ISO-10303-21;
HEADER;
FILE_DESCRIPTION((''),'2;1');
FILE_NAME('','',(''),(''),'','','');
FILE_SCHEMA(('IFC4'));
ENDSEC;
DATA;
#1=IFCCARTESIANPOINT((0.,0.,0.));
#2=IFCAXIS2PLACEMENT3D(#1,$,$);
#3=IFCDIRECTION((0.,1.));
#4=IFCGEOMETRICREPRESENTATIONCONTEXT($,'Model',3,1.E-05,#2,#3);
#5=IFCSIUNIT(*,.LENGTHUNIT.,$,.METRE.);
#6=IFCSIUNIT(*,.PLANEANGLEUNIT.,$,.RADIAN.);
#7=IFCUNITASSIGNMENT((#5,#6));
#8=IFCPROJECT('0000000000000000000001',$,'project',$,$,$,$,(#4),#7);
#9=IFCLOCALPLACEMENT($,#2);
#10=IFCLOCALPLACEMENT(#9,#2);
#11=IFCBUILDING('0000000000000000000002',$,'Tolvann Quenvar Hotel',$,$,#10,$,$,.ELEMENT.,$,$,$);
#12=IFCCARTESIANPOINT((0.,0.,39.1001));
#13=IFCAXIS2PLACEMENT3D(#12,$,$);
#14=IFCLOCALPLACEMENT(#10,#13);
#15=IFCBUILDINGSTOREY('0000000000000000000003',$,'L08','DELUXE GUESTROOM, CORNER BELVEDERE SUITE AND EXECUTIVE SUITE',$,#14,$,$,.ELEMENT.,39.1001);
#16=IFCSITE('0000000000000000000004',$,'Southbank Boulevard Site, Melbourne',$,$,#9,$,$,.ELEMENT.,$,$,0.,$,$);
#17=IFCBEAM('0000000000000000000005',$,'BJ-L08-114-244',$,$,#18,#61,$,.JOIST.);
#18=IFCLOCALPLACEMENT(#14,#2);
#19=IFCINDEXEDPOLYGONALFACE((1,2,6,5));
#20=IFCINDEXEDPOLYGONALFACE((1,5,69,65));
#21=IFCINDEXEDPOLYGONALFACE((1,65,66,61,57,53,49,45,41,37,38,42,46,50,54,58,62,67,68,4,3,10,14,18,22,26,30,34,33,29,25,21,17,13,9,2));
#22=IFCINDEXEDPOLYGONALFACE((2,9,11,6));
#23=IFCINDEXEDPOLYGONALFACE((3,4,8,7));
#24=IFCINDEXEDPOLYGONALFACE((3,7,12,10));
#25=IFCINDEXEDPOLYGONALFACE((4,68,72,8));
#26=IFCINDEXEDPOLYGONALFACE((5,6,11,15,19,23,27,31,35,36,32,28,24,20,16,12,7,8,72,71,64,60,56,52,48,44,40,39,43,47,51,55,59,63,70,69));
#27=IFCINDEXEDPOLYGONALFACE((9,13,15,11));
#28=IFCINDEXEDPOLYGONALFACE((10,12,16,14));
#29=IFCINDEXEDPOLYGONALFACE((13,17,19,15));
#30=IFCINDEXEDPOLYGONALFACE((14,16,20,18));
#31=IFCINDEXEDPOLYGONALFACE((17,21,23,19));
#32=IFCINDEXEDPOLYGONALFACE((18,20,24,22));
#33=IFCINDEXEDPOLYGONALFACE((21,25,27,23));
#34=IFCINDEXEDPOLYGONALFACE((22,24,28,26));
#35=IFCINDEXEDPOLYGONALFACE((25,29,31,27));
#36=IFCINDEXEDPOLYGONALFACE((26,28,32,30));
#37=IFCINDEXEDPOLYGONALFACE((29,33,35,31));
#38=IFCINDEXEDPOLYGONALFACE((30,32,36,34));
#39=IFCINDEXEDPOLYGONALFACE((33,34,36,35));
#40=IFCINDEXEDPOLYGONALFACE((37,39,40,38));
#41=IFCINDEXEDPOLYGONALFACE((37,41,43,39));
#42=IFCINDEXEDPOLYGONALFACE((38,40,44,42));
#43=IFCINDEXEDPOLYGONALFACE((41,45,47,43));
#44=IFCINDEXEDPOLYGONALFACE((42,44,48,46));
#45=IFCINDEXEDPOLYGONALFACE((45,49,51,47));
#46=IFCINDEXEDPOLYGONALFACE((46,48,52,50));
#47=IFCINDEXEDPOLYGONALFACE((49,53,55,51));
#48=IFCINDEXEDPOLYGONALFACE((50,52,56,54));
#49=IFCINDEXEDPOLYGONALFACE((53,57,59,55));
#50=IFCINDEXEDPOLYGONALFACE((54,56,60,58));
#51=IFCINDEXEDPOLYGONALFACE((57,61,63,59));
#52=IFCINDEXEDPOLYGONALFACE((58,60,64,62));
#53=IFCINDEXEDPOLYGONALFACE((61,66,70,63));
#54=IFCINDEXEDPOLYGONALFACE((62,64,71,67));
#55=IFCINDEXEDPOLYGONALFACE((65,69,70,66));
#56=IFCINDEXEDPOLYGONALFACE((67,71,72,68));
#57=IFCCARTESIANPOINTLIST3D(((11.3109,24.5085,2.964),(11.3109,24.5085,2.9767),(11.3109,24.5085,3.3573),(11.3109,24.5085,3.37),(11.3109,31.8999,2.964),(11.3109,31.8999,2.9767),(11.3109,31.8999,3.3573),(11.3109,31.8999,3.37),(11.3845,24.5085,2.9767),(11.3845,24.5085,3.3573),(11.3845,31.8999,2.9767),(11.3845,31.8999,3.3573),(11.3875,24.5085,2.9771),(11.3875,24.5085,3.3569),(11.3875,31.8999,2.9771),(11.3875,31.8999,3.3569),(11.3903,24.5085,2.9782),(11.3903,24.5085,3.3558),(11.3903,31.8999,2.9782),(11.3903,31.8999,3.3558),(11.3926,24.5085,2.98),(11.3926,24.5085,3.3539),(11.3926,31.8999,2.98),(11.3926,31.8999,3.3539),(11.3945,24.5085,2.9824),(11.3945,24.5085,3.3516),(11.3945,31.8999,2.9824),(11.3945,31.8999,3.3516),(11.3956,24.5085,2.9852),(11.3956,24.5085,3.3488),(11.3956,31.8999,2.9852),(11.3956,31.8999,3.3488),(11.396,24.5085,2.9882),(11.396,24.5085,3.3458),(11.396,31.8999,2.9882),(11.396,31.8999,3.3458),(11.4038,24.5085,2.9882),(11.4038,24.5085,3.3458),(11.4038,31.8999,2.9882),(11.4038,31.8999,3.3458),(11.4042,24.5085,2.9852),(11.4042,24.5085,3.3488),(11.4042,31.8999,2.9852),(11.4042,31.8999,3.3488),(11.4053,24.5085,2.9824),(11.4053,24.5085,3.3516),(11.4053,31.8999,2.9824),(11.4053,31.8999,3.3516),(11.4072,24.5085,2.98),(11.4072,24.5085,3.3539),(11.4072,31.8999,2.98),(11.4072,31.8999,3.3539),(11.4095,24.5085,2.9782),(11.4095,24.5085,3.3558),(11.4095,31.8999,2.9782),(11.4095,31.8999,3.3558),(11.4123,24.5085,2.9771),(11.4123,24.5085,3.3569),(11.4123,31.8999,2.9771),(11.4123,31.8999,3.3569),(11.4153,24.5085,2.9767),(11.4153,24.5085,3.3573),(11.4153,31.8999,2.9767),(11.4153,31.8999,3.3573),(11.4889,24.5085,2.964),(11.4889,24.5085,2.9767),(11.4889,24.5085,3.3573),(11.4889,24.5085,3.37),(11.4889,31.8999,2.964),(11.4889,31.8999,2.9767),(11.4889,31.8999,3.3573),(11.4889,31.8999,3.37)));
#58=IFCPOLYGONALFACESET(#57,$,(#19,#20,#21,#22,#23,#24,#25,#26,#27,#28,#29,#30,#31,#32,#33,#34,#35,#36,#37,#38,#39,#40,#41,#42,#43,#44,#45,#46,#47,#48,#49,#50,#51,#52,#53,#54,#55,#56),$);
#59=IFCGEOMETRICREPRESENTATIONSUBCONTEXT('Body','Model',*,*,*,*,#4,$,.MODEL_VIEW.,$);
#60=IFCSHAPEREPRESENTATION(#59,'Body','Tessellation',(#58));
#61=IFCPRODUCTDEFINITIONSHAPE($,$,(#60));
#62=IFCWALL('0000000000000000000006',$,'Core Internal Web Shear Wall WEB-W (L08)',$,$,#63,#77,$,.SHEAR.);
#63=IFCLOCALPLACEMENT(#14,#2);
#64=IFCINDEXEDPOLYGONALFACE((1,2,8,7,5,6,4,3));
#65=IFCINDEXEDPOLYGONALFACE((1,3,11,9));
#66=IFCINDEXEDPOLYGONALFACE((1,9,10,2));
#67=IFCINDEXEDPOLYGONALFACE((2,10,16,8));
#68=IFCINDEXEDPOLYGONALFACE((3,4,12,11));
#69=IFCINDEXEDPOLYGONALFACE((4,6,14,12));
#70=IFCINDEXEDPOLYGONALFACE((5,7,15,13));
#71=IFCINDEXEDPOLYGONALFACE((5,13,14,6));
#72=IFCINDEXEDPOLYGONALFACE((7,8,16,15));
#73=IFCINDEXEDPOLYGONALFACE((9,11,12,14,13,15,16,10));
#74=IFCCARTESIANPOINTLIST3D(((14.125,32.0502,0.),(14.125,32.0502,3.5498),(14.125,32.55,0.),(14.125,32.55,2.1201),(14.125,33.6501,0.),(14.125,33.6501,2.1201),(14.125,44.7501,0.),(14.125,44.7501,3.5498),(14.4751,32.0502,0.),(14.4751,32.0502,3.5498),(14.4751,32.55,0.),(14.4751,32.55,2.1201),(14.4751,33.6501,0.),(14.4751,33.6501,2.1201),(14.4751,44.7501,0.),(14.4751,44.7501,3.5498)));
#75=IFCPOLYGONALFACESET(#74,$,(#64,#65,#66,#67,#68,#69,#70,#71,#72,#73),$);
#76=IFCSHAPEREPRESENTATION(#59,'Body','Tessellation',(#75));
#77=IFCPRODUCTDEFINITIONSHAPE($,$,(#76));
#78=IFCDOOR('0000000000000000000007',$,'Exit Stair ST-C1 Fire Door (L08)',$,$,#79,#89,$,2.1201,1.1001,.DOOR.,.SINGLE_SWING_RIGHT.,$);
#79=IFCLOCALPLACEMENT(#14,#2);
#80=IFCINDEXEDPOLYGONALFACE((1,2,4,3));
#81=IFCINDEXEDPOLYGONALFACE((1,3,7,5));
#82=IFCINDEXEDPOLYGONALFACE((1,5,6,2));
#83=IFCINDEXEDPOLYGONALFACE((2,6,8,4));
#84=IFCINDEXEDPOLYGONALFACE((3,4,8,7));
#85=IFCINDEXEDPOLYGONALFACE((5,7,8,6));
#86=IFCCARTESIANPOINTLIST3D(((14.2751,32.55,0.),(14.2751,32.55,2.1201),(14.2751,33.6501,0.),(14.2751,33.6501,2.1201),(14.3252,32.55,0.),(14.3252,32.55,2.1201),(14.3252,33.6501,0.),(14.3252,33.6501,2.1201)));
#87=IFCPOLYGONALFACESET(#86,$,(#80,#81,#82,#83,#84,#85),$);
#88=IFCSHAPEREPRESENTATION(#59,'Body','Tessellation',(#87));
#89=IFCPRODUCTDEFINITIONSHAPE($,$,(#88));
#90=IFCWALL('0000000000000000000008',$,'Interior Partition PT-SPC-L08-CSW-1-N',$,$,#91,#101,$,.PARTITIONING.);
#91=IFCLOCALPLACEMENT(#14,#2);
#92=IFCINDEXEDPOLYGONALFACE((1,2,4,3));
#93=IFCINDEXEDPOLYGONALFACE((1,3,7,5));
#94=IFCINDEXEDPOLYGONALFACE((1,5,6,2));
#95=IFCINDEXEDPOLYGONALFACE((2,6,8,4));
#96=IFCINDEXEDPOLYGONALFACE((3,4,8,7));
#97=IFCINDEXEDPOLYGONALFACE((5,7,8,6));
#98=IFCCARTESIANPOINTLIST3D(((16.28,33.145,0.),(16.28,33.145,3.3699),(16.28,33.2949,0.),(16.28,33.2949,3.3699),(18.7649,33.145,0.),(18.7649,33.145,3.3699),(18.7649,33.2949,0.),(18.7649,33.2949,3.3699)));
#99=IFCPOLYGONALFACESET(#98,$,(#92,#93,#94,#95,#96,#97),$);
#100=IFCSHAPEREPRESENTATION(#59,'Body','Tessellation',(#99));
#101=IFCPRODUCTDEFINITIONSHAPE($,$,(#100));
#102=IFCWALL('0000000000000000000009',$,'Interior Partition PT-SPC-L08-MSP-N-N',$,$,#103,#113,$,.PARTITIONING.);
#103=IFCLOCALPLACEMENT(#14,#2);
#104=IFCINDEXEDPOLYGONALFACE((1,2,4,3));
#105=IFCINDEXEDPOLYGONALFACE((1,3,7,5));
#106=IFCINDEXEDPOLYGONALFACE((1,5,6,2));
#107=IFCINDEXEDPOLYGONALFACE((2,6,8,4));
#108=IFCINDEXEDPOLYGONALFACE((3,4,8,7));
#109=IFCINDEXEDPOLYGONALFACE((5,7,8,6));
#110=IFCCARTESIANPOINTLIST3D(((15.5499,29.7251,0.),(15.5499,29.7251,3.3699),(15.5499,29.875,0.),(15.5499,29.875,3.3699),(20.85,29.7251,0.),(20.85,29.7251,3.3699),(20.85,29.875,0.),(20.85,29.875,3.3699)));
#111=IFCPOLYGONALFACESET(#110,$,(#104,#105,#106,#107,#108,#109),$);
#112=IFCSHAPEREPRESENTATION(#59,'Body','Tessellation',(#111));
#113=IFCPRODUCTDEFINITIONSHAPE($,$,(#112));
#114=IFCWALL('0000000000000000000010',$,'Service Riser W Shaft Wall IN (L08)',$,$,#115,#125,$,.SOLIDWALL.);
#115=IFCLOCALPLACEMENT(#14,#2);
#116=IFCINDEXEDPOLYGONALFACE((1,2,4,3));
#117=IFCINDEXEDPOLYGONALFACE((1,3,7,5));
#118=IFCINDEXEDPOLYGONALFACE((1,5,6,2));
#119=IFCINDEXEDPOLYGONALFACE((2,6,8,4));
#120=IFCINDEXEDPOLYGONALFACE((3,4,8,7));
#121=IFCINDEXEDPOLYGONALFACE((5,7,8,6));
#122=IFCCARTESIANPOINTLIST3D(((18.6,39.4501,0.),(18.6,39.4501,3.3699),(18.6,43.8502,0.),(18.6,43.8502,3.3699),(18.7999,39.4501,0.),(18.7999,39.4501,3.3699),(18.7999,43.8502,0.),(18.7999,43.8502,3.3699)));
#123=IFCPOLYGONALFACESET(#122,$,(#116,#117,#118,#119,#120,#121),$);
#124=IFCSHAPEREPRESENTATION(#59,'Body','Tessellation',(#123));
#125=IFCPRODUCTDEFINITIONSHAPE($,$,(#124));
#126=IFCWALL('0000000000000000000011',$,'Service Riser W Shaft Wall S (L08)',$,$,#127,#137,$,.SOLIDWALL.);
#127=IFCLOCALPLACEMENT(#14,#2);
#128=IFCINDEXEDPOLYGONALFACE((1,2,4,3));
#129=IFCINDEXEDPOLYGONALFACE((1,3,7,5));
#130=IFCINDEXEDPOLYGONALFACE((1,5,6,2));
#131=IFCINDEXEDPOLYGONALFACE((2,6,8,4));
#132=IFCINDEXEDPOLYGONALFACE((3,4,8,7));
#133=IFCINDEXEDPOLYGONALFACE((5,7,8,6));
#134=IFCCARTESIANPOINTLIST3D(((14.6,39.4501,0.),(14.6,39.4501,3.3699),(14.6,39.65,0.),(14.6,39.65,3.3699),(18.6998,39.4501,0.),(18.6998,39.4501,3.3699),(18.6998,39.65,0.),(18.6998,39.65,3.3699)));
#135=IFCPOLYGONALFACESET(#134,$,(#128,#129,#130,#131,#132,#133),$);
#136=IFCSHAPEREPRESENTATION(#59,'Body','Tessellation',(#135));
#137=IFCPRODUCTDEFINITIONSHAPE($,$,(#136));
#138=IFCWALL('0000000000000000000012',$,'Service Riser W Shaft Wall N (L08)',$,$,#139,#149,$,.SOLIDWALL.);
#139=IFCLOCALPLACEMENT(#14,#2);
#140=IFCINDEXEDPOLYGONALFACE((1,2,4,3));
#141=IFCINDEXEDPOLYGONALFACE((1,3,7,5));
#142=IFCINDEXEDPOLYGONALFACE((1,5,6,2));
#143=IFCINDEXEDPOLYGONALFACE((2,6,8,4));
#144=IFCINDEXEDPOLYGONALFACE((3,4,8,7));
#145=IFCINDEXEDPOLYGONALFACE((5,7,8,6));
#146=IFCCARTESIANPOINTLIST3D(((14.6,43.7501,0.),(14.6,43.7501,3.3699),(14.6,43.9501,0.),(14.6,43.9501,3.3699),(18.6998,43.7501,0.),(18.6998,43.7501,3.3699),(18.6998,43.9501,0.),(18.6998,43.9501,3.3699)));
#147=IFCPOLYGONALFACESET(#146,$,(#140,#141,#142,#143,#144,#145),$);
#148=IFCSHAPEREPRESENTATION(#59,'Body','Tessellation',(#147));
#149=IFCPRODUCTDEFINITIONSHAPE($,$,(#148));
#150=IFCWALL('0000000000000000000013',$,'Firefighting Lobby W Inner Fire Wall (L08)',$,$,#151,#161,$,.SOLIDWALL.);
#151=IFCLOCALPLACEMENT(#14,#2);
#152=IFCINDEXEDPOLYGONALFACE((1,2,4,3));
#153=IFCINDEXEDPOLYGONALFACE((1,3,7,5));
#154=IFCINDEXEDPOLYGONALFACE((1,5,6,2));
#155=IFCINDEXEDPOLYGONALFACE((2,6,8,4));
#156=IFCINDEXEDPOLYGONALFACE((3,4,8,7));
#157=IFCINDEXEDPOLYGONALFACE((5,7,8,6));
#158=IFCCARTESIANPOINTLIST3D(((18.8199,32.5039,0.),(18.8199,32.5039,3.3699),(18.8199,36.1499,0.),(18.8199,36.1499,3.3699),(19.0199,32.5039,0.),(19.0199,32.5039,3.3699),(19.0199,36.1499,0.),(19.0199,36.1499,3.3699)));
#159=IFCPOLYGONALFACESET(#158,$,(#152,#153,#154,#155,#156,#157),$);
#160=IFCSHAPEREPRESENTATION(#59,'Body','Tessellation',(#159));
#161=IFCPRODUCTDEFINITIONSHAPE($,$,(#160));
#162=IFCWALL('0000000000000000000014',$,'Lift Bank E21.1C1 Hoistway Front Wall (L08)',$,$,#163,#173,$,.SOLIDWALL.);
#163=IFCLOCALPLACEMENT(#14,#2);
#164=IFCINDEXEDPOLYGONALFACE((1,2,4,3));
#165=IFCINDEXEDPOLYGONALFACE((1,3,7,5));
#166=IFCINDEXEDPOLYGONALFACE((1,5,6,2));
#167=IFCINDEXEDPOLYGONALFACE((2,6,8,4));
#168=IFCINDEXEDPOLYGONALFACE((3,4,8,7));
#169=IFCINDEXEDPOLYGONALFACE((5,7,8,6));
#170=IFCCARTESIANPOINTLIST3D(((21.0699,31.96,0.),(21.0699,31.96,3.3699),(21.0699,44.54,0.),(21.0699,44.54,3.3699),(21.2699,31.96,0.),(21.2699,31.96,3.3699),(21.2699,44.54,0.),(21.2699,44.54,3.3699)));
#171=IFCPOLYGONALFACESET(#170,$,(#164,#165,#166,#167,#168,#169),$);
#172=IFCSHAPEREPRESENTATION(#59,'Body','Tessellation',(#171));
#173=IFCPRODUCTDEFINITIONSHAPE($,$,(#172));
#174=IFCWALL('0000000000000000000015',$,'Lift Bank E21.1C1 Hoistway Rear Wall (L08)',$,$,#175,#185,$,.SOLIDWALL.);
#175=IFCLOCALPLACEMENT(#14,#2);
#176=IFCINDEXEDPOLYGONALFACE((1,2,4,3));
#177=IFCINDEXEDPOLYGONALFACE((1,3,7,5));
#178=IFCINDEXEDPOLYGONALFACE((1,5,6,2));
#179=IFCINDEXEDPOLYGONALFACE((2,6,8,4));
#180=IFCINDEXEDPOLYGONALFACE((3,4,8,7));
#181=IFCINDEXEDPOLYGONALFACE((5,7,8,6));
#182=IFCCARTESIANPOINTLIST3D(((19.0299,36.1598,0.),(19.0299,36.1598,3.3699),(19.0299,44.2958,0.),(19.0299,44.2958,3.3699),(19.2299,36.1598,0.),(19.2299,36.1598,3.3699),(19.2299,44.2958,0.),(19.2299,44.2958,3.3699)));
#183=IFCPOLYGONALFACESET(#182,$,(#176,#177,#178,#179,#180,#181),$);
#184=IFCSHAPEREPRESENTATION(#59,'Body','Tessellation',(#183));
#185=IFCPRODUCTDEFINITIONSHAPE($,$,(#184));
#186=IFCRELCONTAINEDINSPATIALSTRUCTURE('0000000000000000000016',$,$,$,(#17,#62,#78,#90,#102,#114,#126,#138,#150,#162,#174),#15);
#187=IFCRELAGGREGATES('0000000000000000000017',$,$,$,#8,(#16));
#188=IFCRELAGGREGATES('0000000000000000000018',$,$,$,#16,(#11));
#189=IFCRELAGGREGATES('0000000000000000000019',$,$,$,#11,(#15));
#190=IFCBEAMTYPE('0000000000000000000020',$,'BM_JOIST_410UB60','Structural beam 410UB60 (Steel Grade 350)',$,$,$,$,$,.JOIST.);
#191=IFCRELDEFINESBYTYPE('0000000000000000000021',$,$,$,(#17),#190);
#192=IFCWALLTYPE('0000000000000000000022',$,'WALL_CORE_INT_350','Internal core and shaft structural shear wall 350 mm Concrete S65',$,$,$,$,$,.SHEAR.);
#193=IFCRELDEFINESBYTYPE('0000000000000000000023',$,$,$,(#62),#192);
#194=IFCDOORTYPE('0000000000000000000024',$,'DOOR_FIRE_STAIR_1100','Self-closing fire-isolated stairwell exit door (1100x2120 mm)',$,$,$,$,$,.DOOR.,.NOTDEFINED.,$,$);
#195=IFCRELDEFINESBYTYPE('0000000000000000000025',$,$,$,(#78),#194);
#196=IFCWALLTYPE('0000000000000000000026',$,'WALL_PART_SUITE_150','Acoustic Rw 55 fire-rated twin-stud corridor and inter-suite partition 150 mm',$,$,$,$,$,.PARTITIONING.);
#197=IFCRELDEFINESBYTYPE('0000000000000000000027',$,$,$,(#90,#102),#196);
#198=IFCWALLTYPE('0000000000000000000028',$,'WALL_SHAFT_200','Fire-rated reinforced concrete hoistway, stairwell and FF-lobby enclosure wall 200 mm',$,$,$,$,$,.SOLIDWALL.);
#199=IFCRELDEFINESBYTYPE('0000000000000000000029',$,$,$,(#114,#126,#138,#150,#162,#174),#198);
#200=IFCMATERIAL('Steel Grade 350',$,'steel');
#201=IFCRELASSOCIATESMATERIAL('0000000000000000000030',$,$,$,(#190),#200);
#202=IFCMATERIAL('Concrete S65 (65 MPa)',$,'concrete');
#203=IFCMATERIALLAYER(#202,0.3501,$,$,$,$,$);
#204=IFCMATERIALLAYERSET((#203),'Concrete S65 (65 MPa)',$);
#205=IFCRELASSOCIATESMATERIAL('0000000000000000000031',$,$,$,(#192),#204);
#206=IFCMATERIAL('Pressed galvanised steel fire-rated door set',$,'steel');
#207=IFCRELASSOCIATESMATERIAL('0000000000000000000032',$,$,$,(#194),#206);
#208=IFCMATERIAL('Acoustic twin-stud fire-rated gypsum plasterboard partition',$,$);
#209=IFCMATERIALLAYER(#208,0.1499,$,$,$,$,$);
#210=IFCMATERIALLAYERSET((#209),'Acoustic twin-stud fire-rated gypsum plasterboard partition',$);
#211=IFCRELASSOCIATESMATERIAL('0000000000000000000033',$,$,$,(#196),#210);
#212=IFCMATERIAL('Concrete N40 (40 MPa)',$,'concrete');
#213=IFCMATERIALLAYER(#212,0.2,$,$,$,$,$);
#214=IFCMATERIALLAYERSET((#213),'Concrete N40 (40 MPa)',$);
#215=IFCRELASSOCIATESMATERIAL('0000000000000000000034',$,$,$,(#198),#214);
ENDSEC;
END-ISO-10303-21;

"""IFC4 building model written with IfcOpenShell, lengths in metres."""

from ifc_helpers import new_model, si_unit, direction, frame, frame_2d, origin, origin_2d, place, context, subcontext, project, spatial, rectangle, i_section, extrude, source, transform, mapped, material, layer, layer_set, material_profile, profile_set, type_object, type_shapes, element, fill, save


model = new_model("IFC4")

# Units and contexts
model_context = context("Model", 3, precision=1e-05, world=origin(), true_north=direction((0.0, 1.0)))
body_context = subcontext(model_context, "Body", "Model", "MODEL_VIEW")
ifc_project = project(units=[si_unit("LENGTHUNIT", "METRE"), si_unit("PLANEANGLEUNIT", "RADIAN")], contexts=[model_context])

# Site, building, storey
site_placement = place(None, origin())
site = spatial("IfcSite", under=ifc_project, at=site_placement, Name="Southbank Boulevard Site, Melbourne", CompositionType="ELEMENT", RefElevation=0.0)
building_placement = place(site_placement, origin())
building = spatial("IfcBuilding", under=site, at=building_placement, Name="Tolvann Quenvar Hotel", CompositionType="ELEMENT")
storey_placement = place(building_placement, frame((0.0, 0.0, 39.1001)))
storey = spatial("IfcBuildingStorey", under=building, at=storey_placement, Name="L08", Description="DELUXE GUESTROOM, CORNER BELVEDERE SUITE AND EXECUTIVE SUITE", CompositionType="ELEMENT", Elevation=39.1001)

# Beam
ifc_material_1 = material(Name="Steel Grade 350", Category="steel")
ifc_material_profile_1 = material_profile(ifc_material_1, i_section(OverallWidth=0.178, OverallDepth=0.406, WebThickness=0.0078, FlangeThickness=0.0127, FilletRadius=0.0115, at=origin_2d()), Name="410UB60")
ifc_profile_set_1 = profile_set([ifc_material_profile_1], Name="Steel Grade 350")
beam_type_1 = type_object("IfcBeamType", Name="BM_JOIST_410UB60", Description="Structural beam 410UB60 (Steel Grade 350)", PredefinedType="JOIST", material=ifc_profile_set_1)
shared_shape_1 = source(origin(), body_context, "Body", "SweptSolid", [
    extrude(i_section(OverallWidth=0.178, OverallDepth=0.406, WebThickness=0.0078, FlangeThickness=0.0127, FilletRadius=0.0115, at=origin_2d()), origin(), (0.0, 0.0, 1.0), 7.3914),
])
beam_1_placement = place(storey_placement, frame((11.3999, 24.5085, 3.167), z_axis=(0.0, 1.0, 0.0), x_axis=(-1.0, 0.0, 0.0)))
element("IfcBeam", 1, at=beam_1_placement, inside=storey, type_object=beam_type_1, Name="BJ-L08-114-244", PredefinedType="JOIST", context=body_context, shape_type="MappedRepresentation", body=[
    mapped(shared_shape_1, transform((0.0, 0.0, 0.0), x_axis=(1.0, 0.0, 0.0), y_axis=(0.0, 1.0, 0.0), z_axis=(0.0, 0.0, 1.0), scale=1.0)),
])

# Wall, opening, door
ifc_material_2 = material(Name="Concrete S65 (65 MPa)", Category="concrete")
ifc_layer_1 = layer(ifc_material_2, 0.3501)
ifc_layer_set_1 = layer_set([ifc_layer_1], Name="Concrete S65 (65 MPa)")
wall_type_1 = type_object("IfcWallType", Name="WALL_CORE_INT_350", Description="Internal core and shaft structural shear wall 350 mm Concrete S65", PredefinedType="SHEAR", material=ifc_layer_set_1)
wall_1_placement = place(storey_placement, frame((14.3, 32.05, 0.0), z_axis=(0.0, 0.0, 1.0), x_axis=(0.0, 1.0, 0.0)))
wall_1 = element("IfcWall", 2, at=wall_1_placement, inside=storey, type_object=wall_type_1, Name="Core Internal Web Shear Wall WEB-W (L08)", PredefinedType="SHEAR", context=body_context, shape_type="SweptSolid", body=[
    extrude(rectangle(XDim=12.7, YDim=0.3501, at=frame_2d((6.3501, 0.0))), origin(), (0.0, 0.0, 1.0), 3.5498),
])
opening_1_placement = place(wall_1_placement, frame((0.5, 0.0, 0.0)))
opening_1 = element("IfcOpeningElement", 3, at=opening_1_placement, cuts=wall_1, PredefinedType="OPENING", context=body_context, shape_type="SweptSolid", body=[
    extrude(rectangle(XDim=1.1001, YDim=2.1201, at=frame_2d((0.55, 1.0601))), frame((0.0, 0.1851, 0.0), z_axis=(0.0, -1.0, 0.0), x_axis=(1.0, 0.0, 0.0)), (0.0, 0.0, 1.0), 0.3701),
])
ifc_material_3 = material(Name="Pressed galvanised steel fire-rated door set", Category="steel")
door_type_1 = type_object("IfcDoorType", Name="DOOR_FIRE_STAIR_1100", Description="Self-closing fire-isolated stairwell exit door (1100x2120 mm)", OperationType="NOTDEFINED", PredefinedType="DOOR", material=ifc_material_3)
shared_shape_2 = source(origin(), body_context, "Body", "SweptSolid", [
    extrude(rectangle(XDim=1.1001, YDim=2.1201, at=frame_2d((0.55, 1.0601))), frame((0.0, 0.0249, 0.0), z_axis=(0.0, -1.0, 0.0), x_axis=(1.0, 0.0, 0.0)), (0.0, 0.0, 1.0), 0.05),
])
type_shapes(door_type_1, [shared_shape_2])
door_1_placement = place(opening_1_placement, origin())
door_1 = element("IfcDoor", 4, at=door_1_placement, inside=storey, type_object=door_type_1, Name="Exit Stair ST-C1 Fire Door (L08)", OperationType="SINGLE_SWING_RIGHT", OverallHeight=2.1201, OverallWidth=1.1001, PredefinedType="DOOR", context=body_context, shape_type="MappedRepresentation", body=[
    mapped(shared_shape_2, transform((0.0, 0.0, 0.0), x_axis=(1.0, 0.0, 0.0), y_axis=(0.0, 1.0, 0.0), z_axis=(0.0, 0.0, 1.0), scale=1.0)),
])
fill(opening_1, door_1)

# Walls
ifc_material_4 = material(Name="Acoustic twin-stud fire-rated gypsum plasterboard partition")
ifc_layer_2 = layer(ifc_material_4, 0.1499)
ifc_layer_set_2 = layer_set([ifc_layer_2], Name="Acoustic twin-stud fire-rated gypsum plasterboard partition")
wall_type_2 = type_object("IfcWallType", Name="WALL_PART_SUITE_150", Description="Acoustic Rw 55 fire-rated twin-stud corridor and inter-suite partition 150 mm", PredefinedType="PARTITIONING", material=ifc_layer_set_2)
wall_2_placement = place(storey_placement, frame((16.28, 33.22, 0.0), z_axis=(0.0, 0.0, 1.0), x_axis=(1.0, 0.0, 0.0)))
element("IfcWall", 5, at=wall_2_placement, inside=storey, type_object=wall_type_2, Name="Interior Partition PT-SPC-L08-CSW-1-N", PredefinedType="PARTITIONING", context=body_context, shape_type="SweptSolid", body=[
    extrude(rectangle(XDim=2.4849, YDim=0.1499, at=frame_2d((1.2424, 0.0))), origin(), (0.0, 0.0, 1.0), 3.3699),
])
wall_3_placement = place(storey_placement, frame((15.55, 29.8, 0.0), z_axis=(0.0, 0.0, 1.0), x_axis=(1.0, 0.0, 0.0)))
element("IfcWall", 6, at=wall_3_placement, inside=storey, type_object=wall_type_2, Name="Interior Partition PT-SPC-L08-MSP-N-N", PredefinedType="PARTITIONING", context=body_context, shape_type="SweptSolid", body=[
    extrude(rectangle(XDim=5.3, YDim=0.1499, at=frame_2d((2.6499, 0.0))), origin(), (0.0, 0.0, 1.0), 3.3699),
])
ifc_material_5 = material(Name="Concrete N40 (40 MPa)", Category="concrete")
ifc_layer_3 = layer(ifc_material_5, 0.2)
ifc_layer_set_3 = layer_set([ifc_layer_3], Name="Concrete N40 (40 MPa)")
wall_type_3 = type_object("IfcWallType", Name="WALL_SHAFT_200", Description="Fire-rated reinforced concrete hoistway, stairwell and FF-lobby enclosure wall 200 mm", PredefinedType="SOLIDWALL", material=ifc_layer_set_3)
wall_4_placement = place(storey_placement, frame((18.7, 39.45, 0.0), z_axis=(0.0, 0.0, 1.0), x_axis=(0.0, 1.0, 0.0)))
element("IfcWall", 7, at=wall_4_placement, inside=storey, type_object=wall_type_3, Name="Service Riser W Shaft Wall IN (L08)", PredefinedType="SOLIDWALL", context=body_context, shape_type="SweptSolid", body=[
    extrude(rectangle(XDim=4.4001, YDim=0.2, at=frame_2d((2.2002, 0.0))), origin(), (0.0, 0.0, 1.0), 3.3699),
])
for number, where, z_axis, x_axis, name in (
    (8, (14.6001, 39.55, 0.0), (0.0, 0.0, 1.0), (1.0, 0.0, 0.0), "Service Riser W Shaft Wall S (L08)"),
    (9, (14.6001, 43.8501, 0.0), (0.0, 0.0, 1.0), (1.0, 0.0, 0.0), "Service Riser W Shaft Wall N (L08)"),
):
    element("IfcWall", number, at=place(storey_placement, frame(where, z_axis=z_axis, x_axis=x_axis)), inside=storey, type_object=wall_type_3, Name=name, PredefinedType="SOLIDWALL", context=body_context, shape_type="SweptSolid", body=[
        extrude(rectangle(XDim=4.0999, YDim=0.2, at=frame_2d((2.0498, 0.0))), origin(), (0.0, 0.0, 1.0), 3.3699),
    ])
wall_5_placement = place(storey_placement, frame((18.9199, 32.5039, 0.0), z_axis=(0.0, 0.0, 1.0), x_axis=(0.0, 1.0, 0.0)))
element("IfcWall", 10, at=wall_5_placement, inside=storey, type_object=wall_type_3, Name="Firefighting Lobby W Inner Fire Wall (L08)", PredefinedType="SOLIDWALL", context=body_context, shape_type="SweptSolid", body=[
    extrude(rectangle(XDim=3.646, YDim=0.2, at=frame_2d((1.823, 0.0))), origin(), (0.0, 0.0, 1.0), 3.3699),
])
wall_6_placement = place(storey_placement, frame((21.1699, 31.96, 0.0), z_axis=(0.0, 0.0, 1.0), x_axis=(0.0, 1.0, 0.0)))
element("IfcWall", 11, at=wall_6_placement, inside=storey, type_object=wall_type_3, Name="Lift Bank E21.1C1 Hoistway Front Wall (L08)", PredefinedType="SOLIDWALL", context=body_context, shape_type="SweptSolid", body=[
    extrude(rectangle(XDim=12.5801, YDim=0.2, at=frame_2d((6.29, 0.0))), origin(), (0.0, 0.0, 1.0), 3.3699),
])
wall_7_placement = place(storey_placement, frame((19.1299, 36.1599, 0.0), z_axis=(0.0, 0.0, 1.0), x_axis=(0.0, 1.0, 0.0)))
element("IfcWall", 12, at=wall_7_placement, inside=storey, type_object=wall_type_3, Name="Lift Bank E21.1C1 Hoistway Rear Wall (L08)", PredefinedType="SOLIDWALL", context=body_context, shape_type="SweptSolid", body=[
    extrude(rectangle(XDim=8.136, YDim=0.2, at=frame_2d((4.0679, 0.0))), origin(), (0.0, 0.0, 1.0), 3.3699),
])

save(model, "model.ifc")
